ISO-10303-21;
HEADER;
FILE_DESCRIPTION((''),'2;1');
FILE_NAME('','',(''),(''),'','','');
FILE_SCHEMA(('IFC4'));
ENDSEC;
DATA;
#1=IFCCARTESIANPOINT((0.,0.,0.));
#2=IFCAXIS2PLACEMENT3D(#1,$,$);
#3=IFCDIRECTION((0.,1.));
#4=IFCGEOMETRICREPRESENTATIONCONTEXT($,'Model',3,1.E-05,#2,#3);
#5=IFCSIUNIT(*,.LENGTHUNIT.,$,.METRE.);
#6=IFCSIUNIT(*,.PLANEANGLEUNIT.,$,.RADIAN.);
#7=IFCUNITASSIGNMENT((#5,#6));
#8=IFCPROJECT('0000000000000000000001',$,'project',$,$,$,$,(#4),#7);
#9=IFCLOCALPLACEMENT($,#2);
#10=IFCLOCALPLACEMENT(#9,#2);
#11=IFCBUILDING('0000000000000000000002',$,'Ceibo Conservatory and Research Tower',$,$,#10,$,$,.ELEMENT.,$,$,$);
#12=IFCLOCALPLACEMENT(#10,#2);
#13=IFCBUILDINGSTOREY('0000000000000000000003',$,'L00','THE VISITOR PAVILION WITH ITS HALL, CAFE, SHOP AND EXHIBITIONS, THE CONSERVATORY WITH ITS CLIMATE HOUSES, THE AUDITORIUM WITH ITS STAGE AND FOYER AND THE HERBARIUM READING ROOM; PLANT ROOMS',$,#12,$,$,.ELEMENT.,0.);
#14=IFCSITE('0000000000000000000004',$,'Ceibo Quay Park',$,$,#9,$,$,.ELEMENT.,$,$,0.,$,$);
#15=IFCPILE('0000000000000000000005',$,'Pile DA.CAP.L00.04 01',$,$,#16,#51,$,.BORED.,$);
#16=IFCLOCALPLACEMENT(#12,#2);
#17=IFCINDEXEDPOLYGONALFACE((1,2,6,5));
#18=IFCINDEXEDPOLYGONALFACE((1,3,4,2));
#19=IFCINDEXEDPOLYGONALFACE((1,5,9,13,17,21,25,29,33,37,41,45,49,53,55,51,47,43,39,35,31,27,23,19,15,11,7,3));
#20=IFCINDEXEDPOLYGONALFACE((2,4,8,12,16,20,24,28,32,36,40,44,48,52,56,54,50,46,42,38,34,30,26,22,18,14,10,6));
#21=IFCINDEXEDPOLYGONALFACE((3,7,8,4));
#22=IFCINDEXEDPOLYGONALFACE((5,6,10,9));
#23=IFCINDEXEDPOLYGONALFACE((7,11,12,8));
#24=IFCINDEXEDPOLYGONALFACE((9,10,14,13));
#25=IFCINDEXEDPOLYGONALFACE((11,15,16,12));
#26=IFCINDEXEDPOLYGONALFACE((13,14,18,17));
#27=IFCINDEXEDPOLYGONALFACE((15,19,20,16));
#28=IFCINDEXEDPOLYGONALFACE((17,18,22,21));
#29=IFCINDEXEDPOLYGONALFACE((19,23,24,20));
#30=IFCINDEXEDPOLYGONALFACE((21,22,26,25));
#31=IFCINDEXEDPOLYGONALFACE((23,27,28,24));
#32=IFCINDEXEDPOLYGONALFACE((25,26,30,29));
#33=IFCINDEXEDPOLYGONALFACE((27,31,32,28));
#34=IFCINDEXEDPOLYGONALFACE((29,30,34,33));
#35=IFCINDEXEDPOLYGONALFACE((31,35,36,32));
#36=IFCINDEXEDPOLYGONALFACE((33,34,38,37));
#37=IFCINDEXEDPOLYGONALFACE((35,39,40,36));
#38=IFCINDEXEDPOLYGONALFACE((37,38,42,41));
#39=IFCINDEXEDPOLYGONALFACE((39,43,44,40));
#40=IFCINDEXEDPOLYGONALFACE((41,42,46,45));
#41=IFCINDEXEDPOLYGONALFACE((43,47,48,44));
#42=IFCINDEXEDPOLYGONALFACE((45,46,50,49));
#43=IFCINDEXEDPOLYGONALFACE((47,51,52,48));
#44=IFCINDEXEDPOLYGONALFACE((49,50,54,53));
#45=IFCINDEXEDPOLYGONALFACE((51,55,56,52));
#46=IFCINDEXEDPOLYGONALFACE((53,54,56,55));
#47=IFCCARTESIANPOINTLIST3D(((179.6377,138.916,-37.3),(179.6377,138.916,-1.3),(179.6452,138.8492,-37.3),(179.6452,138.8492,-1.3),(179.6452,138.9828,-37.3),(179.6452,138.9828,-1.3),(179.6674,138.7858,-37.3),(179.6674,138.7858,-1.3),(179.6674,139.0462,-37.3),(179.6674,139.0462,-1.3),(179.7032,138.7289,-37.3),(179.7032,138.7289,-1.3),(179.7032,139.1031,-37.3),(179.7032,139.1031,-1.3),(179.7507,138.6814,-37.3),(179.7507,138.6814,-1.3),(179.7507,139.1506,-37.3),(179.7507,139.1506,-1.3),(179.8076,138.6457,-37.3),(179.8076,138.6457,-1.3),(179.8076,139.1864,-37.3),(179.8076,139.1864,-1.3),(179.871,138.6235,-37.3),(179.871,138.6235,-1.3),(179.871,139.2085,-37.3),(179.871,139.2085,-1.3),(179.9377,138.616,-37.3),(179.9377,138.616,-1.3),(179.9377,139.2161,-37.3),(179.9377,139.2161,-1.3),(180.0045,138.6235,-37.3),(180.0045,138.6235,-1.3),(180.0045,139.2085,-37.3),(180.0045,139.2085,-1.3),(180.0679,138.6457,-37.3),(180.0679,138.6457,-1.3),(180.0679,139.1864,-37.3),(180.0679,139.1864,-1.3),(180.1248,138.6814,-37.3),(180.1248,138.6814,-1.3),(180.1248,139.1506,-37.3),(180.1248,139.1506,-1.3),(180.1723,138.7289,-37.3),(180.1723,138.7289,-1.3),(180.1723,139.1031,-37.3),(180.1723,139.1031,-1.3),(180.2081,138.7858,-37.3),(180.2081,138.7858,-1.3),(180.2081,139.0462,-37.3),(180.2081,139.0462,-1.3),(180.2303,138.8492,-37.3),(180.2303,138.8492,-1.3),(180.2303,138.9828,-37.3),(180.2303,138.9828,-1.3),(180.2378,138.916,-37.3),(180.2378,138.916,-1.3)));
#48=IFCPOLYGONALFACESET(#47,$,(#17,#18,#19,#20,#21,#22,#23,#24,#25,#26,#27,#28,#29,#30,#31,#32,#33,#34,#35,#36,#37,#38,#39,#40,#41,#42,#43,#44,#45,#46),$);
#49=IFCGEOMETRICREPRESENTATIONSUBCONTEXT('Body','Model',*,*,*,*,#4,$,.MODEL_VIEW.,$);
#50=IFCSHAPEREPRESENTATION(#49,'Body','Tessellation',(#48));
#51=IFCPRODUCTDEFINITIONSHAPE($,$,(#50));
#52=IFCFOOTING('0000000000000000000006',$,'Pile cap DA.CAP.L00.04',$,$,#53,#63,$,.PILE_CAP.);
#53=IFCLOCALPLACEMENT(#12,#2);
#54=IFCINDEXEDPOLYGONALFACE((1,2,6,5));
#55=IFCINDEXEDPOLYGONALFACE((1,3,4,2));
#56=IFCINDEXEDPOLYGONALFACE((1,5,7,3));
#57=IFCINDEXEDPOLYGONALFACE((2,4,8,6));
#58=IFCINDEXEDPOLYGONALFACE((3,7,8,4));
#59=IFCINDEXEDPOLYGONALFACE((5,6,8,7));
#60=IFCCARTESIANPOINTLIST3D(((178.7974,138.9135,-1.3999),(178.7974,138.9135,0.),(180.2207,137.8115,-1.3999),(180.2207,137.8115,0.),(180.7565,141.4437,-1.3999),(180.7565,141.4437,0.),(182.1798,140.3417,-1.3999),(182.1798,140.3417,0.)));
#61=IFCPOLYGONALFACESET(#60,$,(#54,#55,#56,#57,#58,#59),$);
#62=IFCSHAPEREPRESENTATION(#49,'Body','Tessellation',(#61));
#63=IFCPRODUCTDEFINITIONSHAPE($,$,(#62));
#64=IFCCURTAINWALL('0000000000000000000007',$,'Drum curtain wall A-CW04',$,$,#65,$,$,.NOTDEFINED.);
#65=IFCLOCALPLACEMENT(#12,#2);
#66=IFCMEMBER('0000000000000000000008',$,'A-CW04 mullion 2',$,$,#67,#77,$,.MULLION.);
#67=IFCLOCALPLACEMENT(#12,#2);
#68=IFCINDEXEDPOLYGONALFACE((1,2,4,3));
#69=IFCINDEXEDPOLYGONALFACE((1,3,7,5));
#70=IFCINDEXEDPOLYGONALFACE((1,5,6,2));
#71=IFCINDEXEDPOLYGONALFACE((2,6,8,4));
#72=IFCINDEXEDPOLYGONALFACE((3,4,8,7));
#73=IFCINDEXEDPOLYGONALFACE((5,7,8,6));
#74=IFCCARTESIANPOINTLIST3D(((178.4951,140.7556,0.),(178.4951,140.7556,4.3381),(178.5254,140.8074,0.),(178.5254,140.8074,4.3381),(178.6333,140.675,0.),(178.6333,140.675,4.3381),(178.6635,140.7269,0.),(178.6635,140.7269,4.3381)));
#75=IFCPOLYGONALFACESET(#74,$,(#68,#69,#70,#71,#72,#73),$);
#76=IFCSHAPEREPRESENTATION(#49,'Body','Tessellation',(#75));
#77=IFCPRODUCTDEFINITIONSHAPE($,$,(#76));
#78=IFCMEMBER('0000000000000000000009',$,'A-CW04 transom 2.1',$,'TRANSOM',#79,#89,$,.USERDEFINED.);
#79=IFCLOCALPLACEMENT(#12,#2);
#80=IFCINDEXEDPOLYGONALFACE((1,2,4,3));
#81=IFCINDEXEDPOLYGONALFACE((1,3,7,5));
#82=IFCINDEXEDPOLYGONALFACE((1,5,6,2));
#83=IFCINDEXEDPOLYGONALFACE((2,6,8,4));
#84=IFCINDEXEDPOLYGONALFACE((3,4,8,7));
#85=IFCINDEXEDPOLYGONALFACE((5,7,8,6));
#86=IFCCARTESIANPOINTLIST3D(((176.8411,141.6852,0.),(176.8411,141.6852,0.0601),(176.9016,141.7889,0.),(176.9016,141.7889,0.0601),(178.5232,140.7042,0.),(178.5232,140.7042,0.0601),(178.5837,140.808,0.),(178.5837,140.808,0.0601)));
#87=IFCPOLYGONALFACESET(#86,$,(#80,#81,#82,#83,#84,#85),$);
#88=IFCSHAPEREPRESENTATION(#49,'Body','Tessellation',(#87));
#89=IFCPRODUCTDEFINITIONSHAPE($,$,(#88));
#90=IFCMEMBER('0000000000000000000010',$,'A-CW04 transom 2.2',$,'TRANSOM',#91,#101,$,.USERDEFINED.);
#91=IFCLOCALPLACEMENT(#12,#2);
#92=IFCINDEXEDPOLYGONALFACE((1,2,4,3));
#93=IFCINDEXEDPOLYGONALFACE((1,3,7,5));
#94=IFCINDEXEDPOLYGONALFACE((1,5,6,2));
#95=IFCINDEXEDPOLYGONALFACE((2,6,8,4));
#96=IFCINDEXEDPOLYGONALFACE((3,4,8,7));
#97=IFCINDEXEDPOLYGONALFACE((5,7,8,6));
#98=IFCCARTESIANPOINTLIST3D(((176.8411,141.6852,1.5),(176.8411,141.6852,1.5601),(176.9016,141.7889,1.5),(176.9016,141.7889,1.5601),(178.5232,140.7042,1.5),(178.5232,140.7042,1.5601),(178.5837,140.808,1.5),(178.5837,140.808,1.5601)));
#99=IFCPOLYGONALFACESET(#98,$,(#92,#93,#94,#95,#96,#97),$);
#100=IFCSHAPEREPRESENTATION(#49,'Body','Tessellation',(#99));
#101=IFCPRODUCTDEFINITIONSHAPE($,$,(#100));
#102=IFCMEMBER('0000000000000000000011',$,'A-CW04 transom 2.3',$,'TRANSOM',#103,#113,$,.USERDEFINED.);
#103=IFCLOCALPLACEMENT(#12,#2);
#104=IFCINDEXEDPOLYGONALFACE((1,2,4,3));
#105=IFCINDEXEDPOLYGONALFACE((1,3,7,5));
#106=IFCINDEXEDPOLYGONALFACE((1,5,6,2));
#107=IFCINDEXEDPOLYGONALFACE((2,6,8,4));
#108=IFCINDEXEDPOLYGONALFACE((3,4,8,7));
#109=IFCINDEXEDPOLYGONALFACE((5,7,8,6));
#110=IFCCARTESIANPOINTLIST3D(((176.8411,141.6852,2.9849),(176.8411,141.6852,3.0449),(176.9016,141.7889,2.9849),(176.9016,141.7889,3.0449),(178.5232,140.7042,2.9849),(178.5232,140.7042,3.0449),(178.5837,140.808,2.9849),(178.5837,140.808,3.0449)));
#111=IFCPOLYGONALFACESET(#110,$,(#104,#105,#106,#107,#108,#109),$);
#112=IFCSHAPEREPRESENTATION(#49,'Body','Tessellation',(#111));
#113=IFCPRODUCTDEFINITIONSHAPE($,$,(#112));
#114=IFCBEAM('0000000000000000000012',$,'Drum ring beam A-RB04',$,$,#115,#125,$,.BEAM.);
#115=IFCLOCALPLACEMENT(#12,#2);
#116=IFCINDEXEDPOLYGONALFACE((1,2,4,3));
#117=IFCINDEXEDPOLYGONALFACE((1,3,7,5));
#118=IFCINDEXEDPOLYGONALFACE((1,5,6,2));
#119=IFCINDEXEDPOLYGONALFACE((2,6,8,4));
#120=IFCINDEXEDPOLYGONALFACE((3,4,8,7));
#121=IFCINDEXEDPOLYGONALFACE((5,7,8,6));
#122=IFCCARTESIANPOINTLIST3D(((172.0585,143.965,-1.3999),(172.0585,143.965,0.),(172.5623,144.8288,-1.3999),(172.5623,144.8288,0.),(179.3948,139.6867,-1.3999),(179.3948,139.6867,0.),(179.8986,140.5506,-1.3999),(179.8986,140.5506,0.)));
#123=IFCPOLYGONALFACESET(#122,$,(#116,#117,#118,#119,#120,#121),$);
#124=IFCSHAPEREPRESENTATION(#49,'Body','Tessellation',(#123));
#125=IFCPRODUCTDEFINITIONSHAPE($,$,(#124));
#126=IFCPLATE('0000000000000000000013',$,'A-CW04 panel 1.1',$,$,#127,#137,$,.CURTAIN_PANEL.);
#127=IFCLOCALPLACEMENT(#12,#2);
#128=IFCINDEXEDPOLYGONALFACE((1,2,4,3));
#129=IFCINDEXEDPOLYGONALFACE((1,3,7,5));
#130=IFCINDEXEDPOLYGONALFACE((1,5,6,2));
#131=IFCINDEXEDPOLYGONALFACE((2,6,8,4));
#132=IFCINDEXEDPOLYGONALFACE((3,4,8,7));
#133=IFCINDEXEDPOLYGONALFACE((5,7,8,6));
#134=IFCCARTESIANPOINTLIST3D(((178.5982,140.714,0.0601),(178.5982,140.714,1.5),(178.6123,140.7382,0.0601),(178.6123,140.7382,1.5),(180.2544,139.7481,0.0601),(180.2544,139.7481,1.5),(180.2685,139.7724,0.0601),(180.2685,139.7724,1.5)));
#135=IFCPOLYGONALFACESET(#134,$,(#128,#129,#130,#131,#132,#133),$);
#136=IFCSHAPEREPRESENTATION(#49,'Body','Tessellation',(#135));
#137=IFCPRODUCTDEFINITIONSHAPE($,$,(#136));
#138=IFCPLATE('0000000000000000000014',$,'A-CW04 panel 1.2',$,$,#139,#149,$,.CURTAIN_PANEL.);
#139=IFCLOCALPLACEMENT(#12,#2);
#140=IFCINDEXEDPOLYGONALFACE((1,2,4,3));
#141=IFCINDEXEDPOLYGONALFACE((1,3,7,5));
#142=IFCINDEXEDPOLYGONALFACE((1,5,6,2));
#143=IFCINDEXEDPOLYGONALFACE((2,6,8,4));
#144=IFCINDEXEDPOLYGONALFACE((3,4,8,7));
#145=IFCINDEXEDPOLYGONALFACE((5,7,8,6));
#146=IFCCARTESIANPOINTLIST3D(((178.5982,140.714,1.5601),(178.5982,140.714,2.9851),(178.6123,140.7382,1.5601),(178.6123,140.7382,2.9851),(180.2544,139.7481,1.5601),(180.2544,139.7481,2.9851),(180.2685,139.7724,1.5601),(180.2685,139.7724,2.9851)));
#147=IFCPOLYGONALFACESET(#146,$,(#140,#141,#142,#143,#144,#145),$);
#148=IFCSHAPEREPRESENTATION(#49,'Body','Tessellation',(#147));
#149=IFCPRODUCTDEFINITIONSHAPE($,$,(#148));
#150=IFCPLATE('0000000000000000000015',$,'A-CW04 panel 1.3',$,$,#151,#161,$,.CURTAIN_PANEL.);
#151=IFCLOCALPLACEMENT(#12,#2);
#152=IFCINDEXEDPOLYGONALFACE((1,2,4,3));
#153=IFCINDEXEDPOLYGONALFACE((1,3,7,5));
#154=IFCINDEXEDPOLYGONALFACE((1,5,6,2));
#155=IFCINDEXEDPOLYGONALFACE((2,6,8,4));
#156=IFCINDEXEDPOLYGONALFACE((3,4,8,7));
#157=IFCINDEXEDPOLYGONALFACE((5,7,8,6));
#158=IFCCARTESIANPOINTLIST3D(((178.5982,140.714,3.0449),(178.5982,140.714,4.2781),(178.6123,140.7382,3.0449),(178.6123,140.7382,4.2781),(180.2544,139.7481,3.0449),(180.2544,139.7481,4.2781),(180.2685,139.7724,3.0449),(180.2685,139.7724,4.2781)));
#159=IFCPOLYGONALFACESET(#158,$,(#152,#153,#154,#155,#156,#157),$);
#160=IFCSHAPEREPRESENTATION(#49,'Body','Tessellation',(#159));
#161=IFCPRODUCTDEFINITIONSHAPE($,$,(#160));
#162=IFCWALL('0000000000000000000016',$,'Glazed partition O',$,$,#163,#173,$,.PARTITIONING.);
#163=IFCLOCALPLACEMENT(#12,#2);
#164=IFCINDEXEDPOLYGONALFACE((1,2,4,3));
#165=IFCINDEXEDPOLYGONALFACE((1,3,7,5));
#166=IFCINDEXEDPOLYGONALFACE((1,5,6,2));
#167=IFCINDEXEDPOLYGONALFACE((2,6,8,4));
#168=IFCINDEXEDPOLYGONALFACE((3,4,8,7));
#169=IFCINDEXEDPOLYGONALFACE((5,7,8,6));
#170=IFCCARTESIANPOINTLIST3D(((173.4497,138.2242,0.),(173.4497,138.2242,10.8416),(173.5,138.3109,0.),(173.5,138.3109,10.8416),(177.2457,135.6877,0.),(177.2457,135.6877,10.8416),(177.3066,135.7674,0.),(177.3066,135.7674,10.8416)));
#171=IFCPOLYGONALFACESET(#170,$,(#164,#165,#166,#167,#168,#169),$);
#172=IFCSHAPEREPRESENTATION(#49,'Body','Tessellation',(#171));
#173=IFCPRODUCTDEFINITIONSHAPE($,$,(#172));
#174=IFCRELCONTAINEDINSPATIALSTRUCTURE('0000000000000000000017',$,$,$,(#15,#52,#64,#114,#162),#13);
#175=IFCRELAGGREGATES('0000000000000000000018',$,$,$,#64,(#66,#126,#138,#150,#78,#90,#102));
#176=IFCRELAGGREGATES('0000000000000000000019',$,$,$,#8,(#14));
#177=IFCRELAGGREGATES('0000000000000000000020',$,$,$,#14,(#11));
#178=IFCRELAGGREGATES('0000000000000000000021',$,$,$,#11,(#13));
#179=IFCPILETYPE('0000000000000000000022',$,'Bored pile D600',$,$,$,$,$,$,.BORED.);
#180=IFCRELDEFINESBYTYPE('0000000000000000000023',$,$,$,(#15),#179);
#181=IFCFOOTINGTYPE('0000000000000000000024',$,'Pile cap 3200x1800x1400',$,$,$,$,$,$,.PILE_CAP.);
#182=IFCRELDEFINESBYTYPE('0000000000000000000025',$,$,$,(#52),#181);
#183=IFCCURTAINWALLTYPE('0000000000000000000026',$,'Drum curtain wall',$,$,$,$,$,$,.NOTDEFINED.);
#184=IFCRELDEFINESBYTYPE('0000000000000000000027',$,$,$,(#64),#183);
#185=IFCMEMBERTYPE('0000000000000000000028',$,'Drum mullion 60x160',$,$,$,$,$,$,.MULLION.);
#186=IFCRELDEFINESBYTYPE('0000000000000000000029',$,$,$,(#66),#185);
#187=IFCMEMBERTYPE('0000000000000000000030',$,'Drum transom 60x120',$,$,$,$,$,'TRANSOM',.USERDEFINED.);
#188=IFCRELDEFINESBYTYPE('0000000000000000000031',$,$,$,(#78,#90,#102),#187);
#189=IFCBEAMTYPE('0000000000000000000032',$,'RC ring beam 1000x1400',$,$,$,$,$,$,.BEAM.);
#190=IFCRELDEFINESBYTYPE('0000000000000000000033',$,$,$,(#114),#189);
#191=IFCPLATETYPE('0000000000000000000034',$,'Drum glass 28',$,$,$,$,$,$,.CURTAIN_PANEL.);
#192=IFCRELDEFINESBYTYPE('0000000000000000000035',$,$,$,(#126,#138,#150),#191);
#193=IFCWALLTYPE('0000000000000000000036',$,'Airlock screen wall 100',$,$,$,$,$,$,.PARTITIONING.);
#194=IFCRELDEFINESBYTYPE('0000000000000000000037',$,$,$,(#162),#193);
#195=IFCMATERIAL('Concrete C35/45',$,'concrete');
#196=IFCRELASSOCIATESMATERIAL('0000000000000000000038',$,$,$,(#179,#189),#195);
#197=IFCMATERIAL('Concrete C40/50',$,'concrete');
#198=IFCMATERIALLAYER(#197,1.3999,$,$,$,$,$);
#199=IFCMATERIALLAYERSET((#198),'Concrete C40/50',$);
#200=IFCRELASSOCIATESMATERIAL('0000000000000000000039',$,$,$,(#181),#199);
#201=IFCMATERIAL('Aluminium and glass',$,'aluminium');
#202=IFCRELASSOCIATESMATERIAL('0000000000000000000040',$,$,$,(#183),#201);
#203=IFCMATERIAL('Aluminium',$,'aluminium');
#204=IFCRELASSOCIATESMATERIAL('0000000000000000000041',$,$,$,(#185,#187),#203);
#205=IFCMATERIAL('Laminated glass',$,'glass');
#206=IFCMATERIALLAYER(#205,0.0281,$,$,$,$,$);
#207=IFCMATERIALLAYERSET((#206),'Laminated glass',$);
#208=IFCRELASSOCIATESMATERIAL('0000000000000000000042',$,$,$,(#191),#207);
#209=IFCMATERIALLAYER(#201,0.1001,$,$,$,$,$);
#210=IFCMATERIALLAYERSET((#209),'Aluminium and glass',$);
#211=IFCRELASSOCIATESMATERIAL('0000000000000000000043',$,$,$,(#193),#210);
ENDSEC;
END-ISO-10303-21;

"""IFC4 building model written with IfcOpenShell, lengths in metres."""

from ifc_helpers import new_model, si_unit, direction, frame, origin, origin_2d, place, context, subcontext, project, spatial, polyline, rectangle, circle, outline, extrude, material, layer, layer_set, material_profile, profile_set, type_object, element, aggregate, save


model = new_model("IFC4")

# Units and contexts
model_context = context("Model", 3, precision=1e-05, world=origin(), true_north=direction((0.0, 1.0)))
body_context = subcontext(model_context, "Body", "Model", "MODEL_VIEW")
ifc_project = project(units=[si_unit("LENGTHUNIT", "METRE"), si_unit("PLANEANGLEUNIT", "RADIAN")], contexts=[model_context])

# Site, building, storey
site_placement = place(None, origin())
site = spatial("IfcSite", under=ifc_project, at=site_placement, Name="Ceibo Quay Park", CompositionType="ELEMENT", RefElevation=0.0)
building_placement = place(site_placement, origin())
building = spatial("IfcBuilding", under=site, at=building_placement, Name="Ceibo Conservatory and Research Tower", CompositionType="ELEMENT")
storey_placement = place(building_placement, origin())
storey = spatial("IfcBuildingStorey", under=building, at=storey_placement, Name="L00", Description="THE VISITOR PAVILION WITH ITS HALL, CAFE, SHOP AND EXHIBITIONS, THE CONSERVATORY WITH ITS CLIMATE HOUSES, THE AUDITORIUM WITH ITS STAGE AND FOYER AND THE HERBARIUM READING ROOM; PLANT ROOMS", CompositionType="ELEMENT", Elevation=0.0)

# Pile
ifc_material_1 = material(Name="Concrete C35/45", Category="concrete")
ifc_material_profile_1 = material_profile(ifc_material_1, circle(Radius=0.3, at=origin_2d()), Name="RC D600")
ifc_profile_set_1 = profile_set([ifc_material_profile_1], Name="Concrete C35/45")
pile_type = type_object("IfcPileType", Name="Bored pile D600", PredefinedType="BORED", material=ifc_profile_set_1)
pile_placement = place(storey_placement, frame((179.9377, 138.916, -1.3), z_axis=(0.0, 0.0, -1.0), x_axis=(1.0, 0.0, 0.0)))
element("IfcPile", 1, at=pile_placement, inside=storey, type_object=pile_type, Name="Pile DA.CAP.L00.04 01", PredefinedType="BORED", context=body_context, shape_type="SweptSolid", body=[
    extrude(circle(Radius=0.3, at=origin_2d()), origin(), (0.0, 0.0, 1.0), 36.0),
])

# Footing
ifc_material_2 = material(Name="Concrete C40/50", Category="concrete")
ifc_layer_1 = layer(ifc_material_2, 1.3999)
ifc_layer_set_1 = layer_set([ifc_layer_1], Name="Concrete C40/50")
footing_type = type_object("IfcFootingType", Name="Pile cap 3200x1800x1400", PredefinedType="PILE_CAP", material=ifc_layer_set_1)
footing_placement = place(storey_placement, frame((180.2207, 137.8115, -1.3999), z_axis=(0.0, 0.0, 1.0), x_axis=(0.612217, 0.79069, 0.0)))
element("IfcFooting", 2, at=footing_placement, inside=storey, type_object=footing_type, Name="Pile cap DA.CAP.L00.04", PredefinedType="PILE_CAP", context=body_context, shape_type="SweptSolid", body=[
    extrude(outline(polyline([(0.0, 0.0), (3.2, 0.0), (3.2, 1.8), (0.0, 1.8), (0.0, 0.0)])), origin(), (0.0, 0.0, 1.0), 1.3999),
])

# Curtain wall, members
ifc_material_3 = material(Name="Aluminium and glass", Category="aluminium")
curtain_wall_type = type_object("IfcCurtainWallType", Name="Drum curtain wall", PredefinedType="NOTDEFINED", material=ifc_material_3)
curtain_wall_placement = place(storey_placement, origin())
curtain_wall = element("IfcCurtainWall", 3, at=curtain_wall_placement, inside=storey, type_object=curtain_wall_type, Name="Drum curtain wall A-CW04", PredefinedType="NOTDEFINED")
ifc_material_4 = material(Name="Aluminium", Category="aluminium")
ifc_material_profile_2 = material_profile(ifc_material_4, rectangle(XDim=0.0601, YDim=0.1599, at=origin_2d()), Name="AL 60x160")
ifc_profile_set_2 = profile_set([ifc_material_profile_2], Name="Aluminium")
member_type_1 = type_object("IfcMemberType", Name="Drum mullion 60x160", PredefinedType="MULLION", material=ifc_profile_set_2)
member_1_placement = place(storey_placement, frame((178.5793, 140.7412, 0.0), z_axis=(0.0, 0.0, 1.0), x_axis=(-0.503774, -0.863836, 0.0)))
member_1 = element("IfcMember", 4, at=member_1_placement, type_object=member_type_1, Name="A-CW04 mullion 2", PredefinedType="MULLION", context=body_context, shape_type="SweptSolid", body=[
    extrude(rectangle(XDim=0.0601, YDim=0.1599, at=origin_2d()), origin(), (0.0, 0.0, 1.0), 4.3381),
])
ifc_material_profile_3 = material_profile(ifc_material_4, rectangle(XDim=0.1201, YDim=0.0601, at=origin_2d()), Name="AL 60x120")
ifc_profile_set_3 = profile_set([ifc_material_profile_3], Name="Aluminium")
member_type_2 = type_object("IfcMemberType", Name="Drum transom 60x120", ElementType="TRANSOM", PredefinedType="USERDEFINED", material=ifc_profile_set_3)
member_2_placement = place(storey_placement, frame((178.5535, 140.7561, 0.03), z_axis=(-0.863843, 0.503762, 0.0), x_axis=(-0.503762, -0.863843, 0.0)))
member_2 = element("IfcMember", 5, at=member_2_placement, type_object=member_type_2, Name="A-CW04 transom 2.1", ObjectType="TRANSOM", PredefinedType="USERDEFINED", context=body_context, shape_type="SweptSolid", body=[
    extrude(rectangle(XDim=0.1201, YDim=0.0601, at=origin_2d()), origin(), (0.0, 0.0, 1.0), 1.9473),
])
member_3_placement = place(storey_placement, frame((178.5535, 140.7561, 1.53), z_axis=(-0.863843, 0.503762, 0.0), x_axis=(-0.503762, -0.863843, 0.0)))
member_3 = element("IfcMember", 6, at=member_3_placement, type_object=member_type_2, Name="A-CW04 transom 2.2", ObjectType="TRANSOM", PredefinedType="USERDEFINED", context=body_context, shape_type="SweptSolid", body=[
    extrude(rectangle(XDim=0.1201, YDim=0.0601, at=origin_2d()), origin(), (0.0, 0.0, 1.0), 1.9473),
])
member_4_placement = place(storey_placement, frame((178.5535, 140.7561, 3.0149), z_axis=(-0.863843, 0.503762, 0.0), x_axis=(-0.503762, -0.863843, 0.0)))
member_4 = element("IfcMember", 7, at=member_4_placement, type_object=member_type_2, Name="A-CW04 transom 2.3", ObjectType="TRANSOM", PredefinedType="USERDEFINED", context=body_context, shape_type="SweptSolid", body=[
    extrude(rectangle(XDim=0.1201, YDim=0.0601, at=origin_2d()), origin(), (0.0, 0.0, 1.0), 1.9473),
])

# Beam
ifc_material_profile_4 = material_profile(ifc_material_1, rectangle(XDim=1.0, YDim=1.3999, at=origin_2d()), Name="RC 1000x1400")
ifc_profile_set_4 = profile_set([ifc_material_profile_4], Name="Concrete C35/45")
beam_type = type_object("IfcBeamType", Name="RC ring beam 1000x1400", PredefinedType="BEAM", material=ifc_profile_set_4)
beam_placement = place(storey_placement, frame((179.6467, 140.1187, -0.7), z_axis=(-0.863844, 0.50376, 0.0), x_axis=(-0.50376, -0.863844, 0.0)))
element("IfcBeam", 8, at=beam_placement, inside=storey, type_object=beam_type, Name="Drum ring beam A-RB04", PredefinedType="BEAM", context=body_context, shape_type="SweptSolid", body=[
    extrude(rectangle(XDim=1.0, YDim=1.3999, at=origin_2d()), origin(), (0.0, 0.0, 1.0), 8.4927),
])

# Plates
ifc_material_5 = material(Name="Laminated glass", Category="glass")
ifc_layer_2 = layer(ifc_material_5, 0.0281)
ifc_layer_set_2 = layer_set([ifc_layer_2], Name="Laminated glass")
plate_type = type_object("IfcPlateType", Name="Drum glass 28", PredefinedType="CURTAIN_PANEL", material=ifc_layer_set_2)
plate_1_placement = place(storey_placement, frame((179.4333, 140.2432, 0.0601), z_axis=(0.0, 0.0, 1.0), x_axis=(-0.863836, 0.503774, 0.0)))
plate_1 = element("IfcPlate", 9, at=plate_1_placement, type_object=plate_type, Name="A-CW04 panel 1.1", PredefinedType="CURTAIN_PANEL", context=body_context, shape_type="SweptSolid", body=[
    extrude(rectangle(XDim=1.9172, YDim=0.0281, at=origin_2d()), origin(), (0.0, 0.0, 1.0), 1.4399),
])
plate_2_placement = place(storey_placement, frame((179.4333, 140.2432, 1.5601), z_axis=(0.0, 0.0, 1.0), x_axis=(-0.863836, 0.503774, 0.0)))
plate_2 = element("IfcPlate", 10, at=plate_2_placement, type_object=plate_type, Name="A-CW04 panel 1.2", PredefinedType="CURTAIN_PANEL", context=body_context, shape_type="SweptSolid", body=[
    extrude(rectangle(XDim=1.9172, YDim=0.0281, at=origin_2d()), origin(), (0.0, 0.0, 1.0), 1.425),
])
plate_3_placement = place(storey_placement, frame((179.4333, 140.2432, 3.0449), z_axis=(0.0, 0.0, 1.0), x_axis=(-0.863836, 0.503774, 0.0)))
plate_3 = element("IfcPlate", 11, at=plate_3_placement, type_object=plate_type, Name="A-CW04 panel 1.3", PredefinedType="CURTAIN_PANEL", context=body_context, shape_type="SweptSolid", body=[
    extrude(rectangle(XDim=1.9172, YDim=0.0281, at=origin_2d()), origin(), (0.0, 0.0, 1.0), 1.2332),
])
aggregate(curtain_wall, [member_1, plate_1, plate_2, plate_3, member_2, member_3, member_4])

# Wall
ifc_layer_3 = layer(ifc_material_3, 0.1001)
ifc_layer_set_3 = layer_set([ifc_layer_3], Name="Aluminium and glass")
wall_type_1 = type_object("IfcWallType", Name="Airlock screen wall 100", PredefinedType="PARTITIONING", material=ifc_layer_set_3)
wall_1_placement = place(storey_placement, frame((177.2761, 135.7275, 0.0), z_axis=(0.0, 0.0, 1.0), x_axis=(-0.831458, 0.555587, 0.0)))
element("IfcWall", 12, at=wall_1_placement, inside=storey, type_object=wall_type_1, Name="Glazed partition O", PredefinedType="PARTITIONING", context=body_context, shape_type="SweptSolid", body=[
    extrude(outline(polyline([(-0.0032, -0.05), (4.575, -0.05), (4.5686, 0.05), (0.0032, 0.05), (-0.0032, -0.05)])), origin(), (0.0, 0.0, 1.0), 10.8416),
])

save(model, "model.ifc")
